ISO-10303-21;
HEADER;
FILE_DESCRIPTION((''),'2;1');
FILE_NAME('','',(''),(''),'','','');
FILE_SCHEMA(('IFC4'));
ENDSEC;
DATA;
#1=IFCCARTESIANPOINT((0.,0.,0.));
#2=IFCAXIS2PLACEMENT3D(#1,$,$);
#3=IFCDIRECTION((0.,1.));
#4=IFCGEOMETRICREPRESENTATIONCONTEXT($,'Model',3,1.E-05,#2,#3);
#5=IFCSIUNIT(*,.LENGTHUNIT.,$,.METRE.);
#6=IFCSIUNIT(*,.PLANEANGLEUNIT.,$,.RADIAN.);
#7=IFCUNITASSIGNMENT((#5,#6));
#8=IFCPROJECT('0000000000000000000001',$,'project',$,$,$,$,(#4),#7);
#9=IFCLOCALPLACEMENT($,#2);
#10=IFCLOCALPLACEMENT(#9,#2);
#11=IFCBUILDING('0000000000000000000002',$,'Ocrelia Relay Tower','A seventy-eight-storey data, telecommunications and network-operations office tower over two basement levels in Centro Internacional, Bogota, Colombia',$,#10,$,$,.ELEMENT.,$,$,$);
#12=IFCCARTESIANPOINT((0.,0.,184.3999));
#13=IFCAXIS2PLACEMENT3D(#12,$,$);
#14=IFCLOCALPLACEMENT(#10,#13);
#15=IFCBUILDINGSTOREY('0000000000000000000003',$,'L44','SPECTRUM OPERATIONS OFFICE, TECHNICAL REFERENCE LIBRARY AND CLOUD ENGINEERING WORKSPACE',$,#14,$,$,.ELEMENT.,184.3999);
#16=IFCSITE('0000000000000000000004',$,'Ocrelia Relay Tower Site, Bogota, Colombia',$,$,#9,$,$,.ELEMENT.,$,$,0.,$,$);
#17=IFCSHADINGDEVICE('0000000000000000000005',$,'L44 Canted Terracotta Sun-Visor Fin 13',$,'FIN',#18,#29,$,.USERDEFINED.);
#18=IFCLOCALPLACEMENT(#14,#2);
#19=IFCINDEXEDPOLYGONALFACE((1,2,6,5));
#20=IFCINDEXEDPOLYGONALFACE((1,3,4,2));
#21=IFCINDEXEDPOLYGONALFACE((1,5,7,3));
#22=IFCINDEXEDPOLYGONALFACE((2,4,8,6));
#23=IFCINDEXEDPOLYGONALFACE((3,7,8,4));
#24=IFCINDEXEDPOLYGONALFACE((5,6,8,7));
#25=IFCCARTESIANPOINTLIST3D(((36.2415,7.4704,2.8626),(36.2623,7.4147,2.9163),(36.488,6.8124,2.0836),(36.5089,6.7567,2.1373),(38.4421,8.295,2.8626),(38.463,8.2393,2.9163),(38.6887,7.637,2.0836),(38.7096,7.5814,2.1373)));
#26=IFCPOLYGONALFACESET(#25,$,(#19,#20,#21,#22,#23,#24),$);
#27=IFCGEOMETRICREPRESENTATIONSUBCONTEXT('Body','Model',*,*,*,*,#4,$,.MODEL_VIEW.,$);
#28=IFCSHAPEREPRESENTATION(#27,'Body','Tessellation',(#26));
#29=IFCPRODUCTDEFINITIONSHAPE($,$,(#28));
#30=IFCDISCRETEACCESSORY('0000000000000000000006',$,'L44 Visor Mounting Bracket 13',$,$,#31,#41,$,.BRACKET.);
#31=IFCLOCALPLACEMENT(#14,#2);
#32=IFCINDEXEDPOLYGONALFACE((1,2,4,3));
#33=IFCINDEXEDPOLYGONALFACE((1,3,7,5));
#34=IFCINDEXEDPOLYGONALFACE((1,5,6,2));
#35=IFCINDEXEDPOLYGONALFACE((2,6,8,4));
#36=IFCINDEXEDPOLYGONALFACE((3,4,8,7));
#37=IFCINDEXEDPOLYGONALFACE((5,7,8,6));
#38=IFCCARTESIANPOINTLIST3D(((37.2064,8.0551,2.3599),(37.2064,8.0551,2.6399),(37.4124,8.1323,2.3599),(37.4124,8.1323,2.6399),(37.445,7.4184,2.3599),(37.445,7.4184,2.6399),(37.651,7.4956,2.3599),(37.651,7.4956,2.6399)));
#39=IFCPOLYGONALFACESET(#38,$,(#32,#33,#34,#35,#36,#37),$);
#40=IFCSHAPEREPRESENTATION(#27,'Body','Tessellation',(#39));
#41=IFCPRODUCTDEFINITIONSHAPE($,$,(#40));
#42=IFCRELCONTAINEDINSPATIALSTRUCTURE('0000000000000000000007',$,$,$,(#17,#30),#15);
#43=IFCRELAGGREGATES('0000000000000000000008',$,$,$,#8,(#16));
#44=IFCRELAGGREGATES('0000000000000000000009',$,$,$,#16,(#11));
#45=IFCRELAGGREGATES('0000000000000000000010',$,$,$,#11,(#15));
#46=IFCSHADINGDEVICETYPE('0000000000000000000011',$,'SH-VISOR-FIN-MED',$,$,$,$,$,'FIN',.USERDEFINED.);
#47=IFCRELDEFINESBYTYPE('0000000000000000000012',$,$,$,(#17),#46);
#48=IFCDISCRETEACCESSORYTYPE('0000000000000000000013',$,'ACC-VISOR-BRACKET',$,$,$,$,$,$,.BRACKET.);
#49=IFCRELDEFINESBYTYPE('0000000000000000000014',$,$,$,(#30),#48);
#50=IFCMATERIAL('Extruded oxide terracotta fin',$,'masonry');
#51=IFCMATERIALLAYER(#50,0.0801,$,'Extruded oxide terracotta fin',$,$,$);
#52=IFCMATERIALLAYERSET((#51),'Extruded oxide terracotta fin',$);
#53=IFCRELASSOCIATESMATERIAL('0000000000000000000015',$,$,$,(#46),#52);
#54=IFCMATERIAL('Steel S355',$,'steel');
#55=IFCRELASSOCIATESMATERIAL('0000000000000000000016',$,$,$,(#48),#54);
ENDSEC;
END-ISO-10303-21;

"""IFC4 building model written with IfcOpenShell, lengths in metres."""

from ifc_helpers import new_model, si_unit, direction, frame, origin, origin_2d, place, context, subcontext, project, spatial, rectangle, extrude, material, layer, layer_set, type_object, element, save


model = new_model("IFC4")

# Units and contexts
model_context = context("Model", 3, precision=1e-05, world=origin(), true_north=direction((0.0, 1.0)))
body_context = subcontext(model_context, "Body", "Model", "MODEL_VIEW")
ifc_project = project(units=[si_unit("LENGTHUNIT", "METRE"), si_unit("PLANEANGLEUNIT", "RADIAN")], contexts=[model_context])

# Site, building, storey
site_placement = place(None, origin())
site = spatial("IfcSite", under=ifc_project, at=site_placement, Name="Ocrelia Relay Tower Site, Bogota, Colombia", CompositionType="ELEMENT", RefElevation=0.0)
building_placement = place(site_placement, origin())
building = spatial("IfcBuilding", under=site, at=building_placement, Name="Ocrelia Relay Tower", Description="A seventy-eight-storey data, telecommunications and network-operations office tower over two basement levels in Centro Internacional, Bogota, Colombia", CompositionType="ELEMENT")
storey_placement = place(building_placement, frame((0.0, 0.0, 184.3999)))
storey = spatial("IfcBuildingStorey", under=building, at=storey_placement, Name="L44", Description="SPECTRUM OPERATIONS OFFICE, TECHNICAL REFERENCE LIBRARY AND CLOUD ENGINEERING WORKSPACE", CompositionType="ELEMENT", Elevation=184.3999)

# Shared definitions
ifc_material_1 = material(Name="Steel S355", Category="steel")

# Shading device
ifc_material_2 = material(Name="Extruded oxide terracotta fin", Category="masonry")
ifc_layer_1 = layer(ifc_material_2, 0.0801, Name="Extruded oxide terracotta fin")
ifc_layer_set_1 = layer_set([ifc_layer_1], Name="Extruded oxide terracotta fin")
shading_device_type_1 = type_object("IfcShadingDeviceType", Name="SH-VISOR-FIN-MED", ElementType="FIN", PredefinedType="USERDEFINED", material=ifc_layer_set_1)
shading_device_1_placement = place(storey_placement, frame((37.4651, 7.5537, 2.4731), z_axis=(0.260556, -0.695347, 0.669779), x_axis=(0.936417, 0.350888, 0.0)))
element("IfcShadingDevice", 1, at=shading_device_1_placement, inside=storey, type_object=shading_device_type_1, Name="L44 Canted Terracotta Sun-Visor Fin 13", ObjectType="FIN", PredefinedType="USERDEFINED", context=body_context, shape_type="SweptSolid", body=[
    extrude(rectangle(XDim=2.3501, YDim=1.0491, at=origin_2d()), origin(), (0.0, 0.0, 1.0), 0.0801),
])

# Discrete accessory
discrete_accessory_type = type_object("IfcDiscreteAccessoryType", Name="ACC-VISOR-BRACKET", PredefinedType="BRACKET", material=ifc_material_1)
discrete_accessory_placement = place(storey_placement, frame((37.4287, 7.7754, 2.3599), z_axis=(0.0, 0.0, 1.0), x_axis=(0.936417, 0.350888, 0.0)))
element("IfcDiscreteAccessory", 2, at=discrete_accessory_placement, inside=storey, type_object=discrete_accessory_type, Name="L44 Visor Mounting Bracket 13", PredefinedType="BRACKET", context=body_context, shape_type="SweptSolid", body=[
    extrude(rectangle(XDim=0.22, YDim=0.6799, at=origin_2d()), origin(), (0.0, 0.0, 1.0), 0.28),
])

save(model, "model.ifc")
